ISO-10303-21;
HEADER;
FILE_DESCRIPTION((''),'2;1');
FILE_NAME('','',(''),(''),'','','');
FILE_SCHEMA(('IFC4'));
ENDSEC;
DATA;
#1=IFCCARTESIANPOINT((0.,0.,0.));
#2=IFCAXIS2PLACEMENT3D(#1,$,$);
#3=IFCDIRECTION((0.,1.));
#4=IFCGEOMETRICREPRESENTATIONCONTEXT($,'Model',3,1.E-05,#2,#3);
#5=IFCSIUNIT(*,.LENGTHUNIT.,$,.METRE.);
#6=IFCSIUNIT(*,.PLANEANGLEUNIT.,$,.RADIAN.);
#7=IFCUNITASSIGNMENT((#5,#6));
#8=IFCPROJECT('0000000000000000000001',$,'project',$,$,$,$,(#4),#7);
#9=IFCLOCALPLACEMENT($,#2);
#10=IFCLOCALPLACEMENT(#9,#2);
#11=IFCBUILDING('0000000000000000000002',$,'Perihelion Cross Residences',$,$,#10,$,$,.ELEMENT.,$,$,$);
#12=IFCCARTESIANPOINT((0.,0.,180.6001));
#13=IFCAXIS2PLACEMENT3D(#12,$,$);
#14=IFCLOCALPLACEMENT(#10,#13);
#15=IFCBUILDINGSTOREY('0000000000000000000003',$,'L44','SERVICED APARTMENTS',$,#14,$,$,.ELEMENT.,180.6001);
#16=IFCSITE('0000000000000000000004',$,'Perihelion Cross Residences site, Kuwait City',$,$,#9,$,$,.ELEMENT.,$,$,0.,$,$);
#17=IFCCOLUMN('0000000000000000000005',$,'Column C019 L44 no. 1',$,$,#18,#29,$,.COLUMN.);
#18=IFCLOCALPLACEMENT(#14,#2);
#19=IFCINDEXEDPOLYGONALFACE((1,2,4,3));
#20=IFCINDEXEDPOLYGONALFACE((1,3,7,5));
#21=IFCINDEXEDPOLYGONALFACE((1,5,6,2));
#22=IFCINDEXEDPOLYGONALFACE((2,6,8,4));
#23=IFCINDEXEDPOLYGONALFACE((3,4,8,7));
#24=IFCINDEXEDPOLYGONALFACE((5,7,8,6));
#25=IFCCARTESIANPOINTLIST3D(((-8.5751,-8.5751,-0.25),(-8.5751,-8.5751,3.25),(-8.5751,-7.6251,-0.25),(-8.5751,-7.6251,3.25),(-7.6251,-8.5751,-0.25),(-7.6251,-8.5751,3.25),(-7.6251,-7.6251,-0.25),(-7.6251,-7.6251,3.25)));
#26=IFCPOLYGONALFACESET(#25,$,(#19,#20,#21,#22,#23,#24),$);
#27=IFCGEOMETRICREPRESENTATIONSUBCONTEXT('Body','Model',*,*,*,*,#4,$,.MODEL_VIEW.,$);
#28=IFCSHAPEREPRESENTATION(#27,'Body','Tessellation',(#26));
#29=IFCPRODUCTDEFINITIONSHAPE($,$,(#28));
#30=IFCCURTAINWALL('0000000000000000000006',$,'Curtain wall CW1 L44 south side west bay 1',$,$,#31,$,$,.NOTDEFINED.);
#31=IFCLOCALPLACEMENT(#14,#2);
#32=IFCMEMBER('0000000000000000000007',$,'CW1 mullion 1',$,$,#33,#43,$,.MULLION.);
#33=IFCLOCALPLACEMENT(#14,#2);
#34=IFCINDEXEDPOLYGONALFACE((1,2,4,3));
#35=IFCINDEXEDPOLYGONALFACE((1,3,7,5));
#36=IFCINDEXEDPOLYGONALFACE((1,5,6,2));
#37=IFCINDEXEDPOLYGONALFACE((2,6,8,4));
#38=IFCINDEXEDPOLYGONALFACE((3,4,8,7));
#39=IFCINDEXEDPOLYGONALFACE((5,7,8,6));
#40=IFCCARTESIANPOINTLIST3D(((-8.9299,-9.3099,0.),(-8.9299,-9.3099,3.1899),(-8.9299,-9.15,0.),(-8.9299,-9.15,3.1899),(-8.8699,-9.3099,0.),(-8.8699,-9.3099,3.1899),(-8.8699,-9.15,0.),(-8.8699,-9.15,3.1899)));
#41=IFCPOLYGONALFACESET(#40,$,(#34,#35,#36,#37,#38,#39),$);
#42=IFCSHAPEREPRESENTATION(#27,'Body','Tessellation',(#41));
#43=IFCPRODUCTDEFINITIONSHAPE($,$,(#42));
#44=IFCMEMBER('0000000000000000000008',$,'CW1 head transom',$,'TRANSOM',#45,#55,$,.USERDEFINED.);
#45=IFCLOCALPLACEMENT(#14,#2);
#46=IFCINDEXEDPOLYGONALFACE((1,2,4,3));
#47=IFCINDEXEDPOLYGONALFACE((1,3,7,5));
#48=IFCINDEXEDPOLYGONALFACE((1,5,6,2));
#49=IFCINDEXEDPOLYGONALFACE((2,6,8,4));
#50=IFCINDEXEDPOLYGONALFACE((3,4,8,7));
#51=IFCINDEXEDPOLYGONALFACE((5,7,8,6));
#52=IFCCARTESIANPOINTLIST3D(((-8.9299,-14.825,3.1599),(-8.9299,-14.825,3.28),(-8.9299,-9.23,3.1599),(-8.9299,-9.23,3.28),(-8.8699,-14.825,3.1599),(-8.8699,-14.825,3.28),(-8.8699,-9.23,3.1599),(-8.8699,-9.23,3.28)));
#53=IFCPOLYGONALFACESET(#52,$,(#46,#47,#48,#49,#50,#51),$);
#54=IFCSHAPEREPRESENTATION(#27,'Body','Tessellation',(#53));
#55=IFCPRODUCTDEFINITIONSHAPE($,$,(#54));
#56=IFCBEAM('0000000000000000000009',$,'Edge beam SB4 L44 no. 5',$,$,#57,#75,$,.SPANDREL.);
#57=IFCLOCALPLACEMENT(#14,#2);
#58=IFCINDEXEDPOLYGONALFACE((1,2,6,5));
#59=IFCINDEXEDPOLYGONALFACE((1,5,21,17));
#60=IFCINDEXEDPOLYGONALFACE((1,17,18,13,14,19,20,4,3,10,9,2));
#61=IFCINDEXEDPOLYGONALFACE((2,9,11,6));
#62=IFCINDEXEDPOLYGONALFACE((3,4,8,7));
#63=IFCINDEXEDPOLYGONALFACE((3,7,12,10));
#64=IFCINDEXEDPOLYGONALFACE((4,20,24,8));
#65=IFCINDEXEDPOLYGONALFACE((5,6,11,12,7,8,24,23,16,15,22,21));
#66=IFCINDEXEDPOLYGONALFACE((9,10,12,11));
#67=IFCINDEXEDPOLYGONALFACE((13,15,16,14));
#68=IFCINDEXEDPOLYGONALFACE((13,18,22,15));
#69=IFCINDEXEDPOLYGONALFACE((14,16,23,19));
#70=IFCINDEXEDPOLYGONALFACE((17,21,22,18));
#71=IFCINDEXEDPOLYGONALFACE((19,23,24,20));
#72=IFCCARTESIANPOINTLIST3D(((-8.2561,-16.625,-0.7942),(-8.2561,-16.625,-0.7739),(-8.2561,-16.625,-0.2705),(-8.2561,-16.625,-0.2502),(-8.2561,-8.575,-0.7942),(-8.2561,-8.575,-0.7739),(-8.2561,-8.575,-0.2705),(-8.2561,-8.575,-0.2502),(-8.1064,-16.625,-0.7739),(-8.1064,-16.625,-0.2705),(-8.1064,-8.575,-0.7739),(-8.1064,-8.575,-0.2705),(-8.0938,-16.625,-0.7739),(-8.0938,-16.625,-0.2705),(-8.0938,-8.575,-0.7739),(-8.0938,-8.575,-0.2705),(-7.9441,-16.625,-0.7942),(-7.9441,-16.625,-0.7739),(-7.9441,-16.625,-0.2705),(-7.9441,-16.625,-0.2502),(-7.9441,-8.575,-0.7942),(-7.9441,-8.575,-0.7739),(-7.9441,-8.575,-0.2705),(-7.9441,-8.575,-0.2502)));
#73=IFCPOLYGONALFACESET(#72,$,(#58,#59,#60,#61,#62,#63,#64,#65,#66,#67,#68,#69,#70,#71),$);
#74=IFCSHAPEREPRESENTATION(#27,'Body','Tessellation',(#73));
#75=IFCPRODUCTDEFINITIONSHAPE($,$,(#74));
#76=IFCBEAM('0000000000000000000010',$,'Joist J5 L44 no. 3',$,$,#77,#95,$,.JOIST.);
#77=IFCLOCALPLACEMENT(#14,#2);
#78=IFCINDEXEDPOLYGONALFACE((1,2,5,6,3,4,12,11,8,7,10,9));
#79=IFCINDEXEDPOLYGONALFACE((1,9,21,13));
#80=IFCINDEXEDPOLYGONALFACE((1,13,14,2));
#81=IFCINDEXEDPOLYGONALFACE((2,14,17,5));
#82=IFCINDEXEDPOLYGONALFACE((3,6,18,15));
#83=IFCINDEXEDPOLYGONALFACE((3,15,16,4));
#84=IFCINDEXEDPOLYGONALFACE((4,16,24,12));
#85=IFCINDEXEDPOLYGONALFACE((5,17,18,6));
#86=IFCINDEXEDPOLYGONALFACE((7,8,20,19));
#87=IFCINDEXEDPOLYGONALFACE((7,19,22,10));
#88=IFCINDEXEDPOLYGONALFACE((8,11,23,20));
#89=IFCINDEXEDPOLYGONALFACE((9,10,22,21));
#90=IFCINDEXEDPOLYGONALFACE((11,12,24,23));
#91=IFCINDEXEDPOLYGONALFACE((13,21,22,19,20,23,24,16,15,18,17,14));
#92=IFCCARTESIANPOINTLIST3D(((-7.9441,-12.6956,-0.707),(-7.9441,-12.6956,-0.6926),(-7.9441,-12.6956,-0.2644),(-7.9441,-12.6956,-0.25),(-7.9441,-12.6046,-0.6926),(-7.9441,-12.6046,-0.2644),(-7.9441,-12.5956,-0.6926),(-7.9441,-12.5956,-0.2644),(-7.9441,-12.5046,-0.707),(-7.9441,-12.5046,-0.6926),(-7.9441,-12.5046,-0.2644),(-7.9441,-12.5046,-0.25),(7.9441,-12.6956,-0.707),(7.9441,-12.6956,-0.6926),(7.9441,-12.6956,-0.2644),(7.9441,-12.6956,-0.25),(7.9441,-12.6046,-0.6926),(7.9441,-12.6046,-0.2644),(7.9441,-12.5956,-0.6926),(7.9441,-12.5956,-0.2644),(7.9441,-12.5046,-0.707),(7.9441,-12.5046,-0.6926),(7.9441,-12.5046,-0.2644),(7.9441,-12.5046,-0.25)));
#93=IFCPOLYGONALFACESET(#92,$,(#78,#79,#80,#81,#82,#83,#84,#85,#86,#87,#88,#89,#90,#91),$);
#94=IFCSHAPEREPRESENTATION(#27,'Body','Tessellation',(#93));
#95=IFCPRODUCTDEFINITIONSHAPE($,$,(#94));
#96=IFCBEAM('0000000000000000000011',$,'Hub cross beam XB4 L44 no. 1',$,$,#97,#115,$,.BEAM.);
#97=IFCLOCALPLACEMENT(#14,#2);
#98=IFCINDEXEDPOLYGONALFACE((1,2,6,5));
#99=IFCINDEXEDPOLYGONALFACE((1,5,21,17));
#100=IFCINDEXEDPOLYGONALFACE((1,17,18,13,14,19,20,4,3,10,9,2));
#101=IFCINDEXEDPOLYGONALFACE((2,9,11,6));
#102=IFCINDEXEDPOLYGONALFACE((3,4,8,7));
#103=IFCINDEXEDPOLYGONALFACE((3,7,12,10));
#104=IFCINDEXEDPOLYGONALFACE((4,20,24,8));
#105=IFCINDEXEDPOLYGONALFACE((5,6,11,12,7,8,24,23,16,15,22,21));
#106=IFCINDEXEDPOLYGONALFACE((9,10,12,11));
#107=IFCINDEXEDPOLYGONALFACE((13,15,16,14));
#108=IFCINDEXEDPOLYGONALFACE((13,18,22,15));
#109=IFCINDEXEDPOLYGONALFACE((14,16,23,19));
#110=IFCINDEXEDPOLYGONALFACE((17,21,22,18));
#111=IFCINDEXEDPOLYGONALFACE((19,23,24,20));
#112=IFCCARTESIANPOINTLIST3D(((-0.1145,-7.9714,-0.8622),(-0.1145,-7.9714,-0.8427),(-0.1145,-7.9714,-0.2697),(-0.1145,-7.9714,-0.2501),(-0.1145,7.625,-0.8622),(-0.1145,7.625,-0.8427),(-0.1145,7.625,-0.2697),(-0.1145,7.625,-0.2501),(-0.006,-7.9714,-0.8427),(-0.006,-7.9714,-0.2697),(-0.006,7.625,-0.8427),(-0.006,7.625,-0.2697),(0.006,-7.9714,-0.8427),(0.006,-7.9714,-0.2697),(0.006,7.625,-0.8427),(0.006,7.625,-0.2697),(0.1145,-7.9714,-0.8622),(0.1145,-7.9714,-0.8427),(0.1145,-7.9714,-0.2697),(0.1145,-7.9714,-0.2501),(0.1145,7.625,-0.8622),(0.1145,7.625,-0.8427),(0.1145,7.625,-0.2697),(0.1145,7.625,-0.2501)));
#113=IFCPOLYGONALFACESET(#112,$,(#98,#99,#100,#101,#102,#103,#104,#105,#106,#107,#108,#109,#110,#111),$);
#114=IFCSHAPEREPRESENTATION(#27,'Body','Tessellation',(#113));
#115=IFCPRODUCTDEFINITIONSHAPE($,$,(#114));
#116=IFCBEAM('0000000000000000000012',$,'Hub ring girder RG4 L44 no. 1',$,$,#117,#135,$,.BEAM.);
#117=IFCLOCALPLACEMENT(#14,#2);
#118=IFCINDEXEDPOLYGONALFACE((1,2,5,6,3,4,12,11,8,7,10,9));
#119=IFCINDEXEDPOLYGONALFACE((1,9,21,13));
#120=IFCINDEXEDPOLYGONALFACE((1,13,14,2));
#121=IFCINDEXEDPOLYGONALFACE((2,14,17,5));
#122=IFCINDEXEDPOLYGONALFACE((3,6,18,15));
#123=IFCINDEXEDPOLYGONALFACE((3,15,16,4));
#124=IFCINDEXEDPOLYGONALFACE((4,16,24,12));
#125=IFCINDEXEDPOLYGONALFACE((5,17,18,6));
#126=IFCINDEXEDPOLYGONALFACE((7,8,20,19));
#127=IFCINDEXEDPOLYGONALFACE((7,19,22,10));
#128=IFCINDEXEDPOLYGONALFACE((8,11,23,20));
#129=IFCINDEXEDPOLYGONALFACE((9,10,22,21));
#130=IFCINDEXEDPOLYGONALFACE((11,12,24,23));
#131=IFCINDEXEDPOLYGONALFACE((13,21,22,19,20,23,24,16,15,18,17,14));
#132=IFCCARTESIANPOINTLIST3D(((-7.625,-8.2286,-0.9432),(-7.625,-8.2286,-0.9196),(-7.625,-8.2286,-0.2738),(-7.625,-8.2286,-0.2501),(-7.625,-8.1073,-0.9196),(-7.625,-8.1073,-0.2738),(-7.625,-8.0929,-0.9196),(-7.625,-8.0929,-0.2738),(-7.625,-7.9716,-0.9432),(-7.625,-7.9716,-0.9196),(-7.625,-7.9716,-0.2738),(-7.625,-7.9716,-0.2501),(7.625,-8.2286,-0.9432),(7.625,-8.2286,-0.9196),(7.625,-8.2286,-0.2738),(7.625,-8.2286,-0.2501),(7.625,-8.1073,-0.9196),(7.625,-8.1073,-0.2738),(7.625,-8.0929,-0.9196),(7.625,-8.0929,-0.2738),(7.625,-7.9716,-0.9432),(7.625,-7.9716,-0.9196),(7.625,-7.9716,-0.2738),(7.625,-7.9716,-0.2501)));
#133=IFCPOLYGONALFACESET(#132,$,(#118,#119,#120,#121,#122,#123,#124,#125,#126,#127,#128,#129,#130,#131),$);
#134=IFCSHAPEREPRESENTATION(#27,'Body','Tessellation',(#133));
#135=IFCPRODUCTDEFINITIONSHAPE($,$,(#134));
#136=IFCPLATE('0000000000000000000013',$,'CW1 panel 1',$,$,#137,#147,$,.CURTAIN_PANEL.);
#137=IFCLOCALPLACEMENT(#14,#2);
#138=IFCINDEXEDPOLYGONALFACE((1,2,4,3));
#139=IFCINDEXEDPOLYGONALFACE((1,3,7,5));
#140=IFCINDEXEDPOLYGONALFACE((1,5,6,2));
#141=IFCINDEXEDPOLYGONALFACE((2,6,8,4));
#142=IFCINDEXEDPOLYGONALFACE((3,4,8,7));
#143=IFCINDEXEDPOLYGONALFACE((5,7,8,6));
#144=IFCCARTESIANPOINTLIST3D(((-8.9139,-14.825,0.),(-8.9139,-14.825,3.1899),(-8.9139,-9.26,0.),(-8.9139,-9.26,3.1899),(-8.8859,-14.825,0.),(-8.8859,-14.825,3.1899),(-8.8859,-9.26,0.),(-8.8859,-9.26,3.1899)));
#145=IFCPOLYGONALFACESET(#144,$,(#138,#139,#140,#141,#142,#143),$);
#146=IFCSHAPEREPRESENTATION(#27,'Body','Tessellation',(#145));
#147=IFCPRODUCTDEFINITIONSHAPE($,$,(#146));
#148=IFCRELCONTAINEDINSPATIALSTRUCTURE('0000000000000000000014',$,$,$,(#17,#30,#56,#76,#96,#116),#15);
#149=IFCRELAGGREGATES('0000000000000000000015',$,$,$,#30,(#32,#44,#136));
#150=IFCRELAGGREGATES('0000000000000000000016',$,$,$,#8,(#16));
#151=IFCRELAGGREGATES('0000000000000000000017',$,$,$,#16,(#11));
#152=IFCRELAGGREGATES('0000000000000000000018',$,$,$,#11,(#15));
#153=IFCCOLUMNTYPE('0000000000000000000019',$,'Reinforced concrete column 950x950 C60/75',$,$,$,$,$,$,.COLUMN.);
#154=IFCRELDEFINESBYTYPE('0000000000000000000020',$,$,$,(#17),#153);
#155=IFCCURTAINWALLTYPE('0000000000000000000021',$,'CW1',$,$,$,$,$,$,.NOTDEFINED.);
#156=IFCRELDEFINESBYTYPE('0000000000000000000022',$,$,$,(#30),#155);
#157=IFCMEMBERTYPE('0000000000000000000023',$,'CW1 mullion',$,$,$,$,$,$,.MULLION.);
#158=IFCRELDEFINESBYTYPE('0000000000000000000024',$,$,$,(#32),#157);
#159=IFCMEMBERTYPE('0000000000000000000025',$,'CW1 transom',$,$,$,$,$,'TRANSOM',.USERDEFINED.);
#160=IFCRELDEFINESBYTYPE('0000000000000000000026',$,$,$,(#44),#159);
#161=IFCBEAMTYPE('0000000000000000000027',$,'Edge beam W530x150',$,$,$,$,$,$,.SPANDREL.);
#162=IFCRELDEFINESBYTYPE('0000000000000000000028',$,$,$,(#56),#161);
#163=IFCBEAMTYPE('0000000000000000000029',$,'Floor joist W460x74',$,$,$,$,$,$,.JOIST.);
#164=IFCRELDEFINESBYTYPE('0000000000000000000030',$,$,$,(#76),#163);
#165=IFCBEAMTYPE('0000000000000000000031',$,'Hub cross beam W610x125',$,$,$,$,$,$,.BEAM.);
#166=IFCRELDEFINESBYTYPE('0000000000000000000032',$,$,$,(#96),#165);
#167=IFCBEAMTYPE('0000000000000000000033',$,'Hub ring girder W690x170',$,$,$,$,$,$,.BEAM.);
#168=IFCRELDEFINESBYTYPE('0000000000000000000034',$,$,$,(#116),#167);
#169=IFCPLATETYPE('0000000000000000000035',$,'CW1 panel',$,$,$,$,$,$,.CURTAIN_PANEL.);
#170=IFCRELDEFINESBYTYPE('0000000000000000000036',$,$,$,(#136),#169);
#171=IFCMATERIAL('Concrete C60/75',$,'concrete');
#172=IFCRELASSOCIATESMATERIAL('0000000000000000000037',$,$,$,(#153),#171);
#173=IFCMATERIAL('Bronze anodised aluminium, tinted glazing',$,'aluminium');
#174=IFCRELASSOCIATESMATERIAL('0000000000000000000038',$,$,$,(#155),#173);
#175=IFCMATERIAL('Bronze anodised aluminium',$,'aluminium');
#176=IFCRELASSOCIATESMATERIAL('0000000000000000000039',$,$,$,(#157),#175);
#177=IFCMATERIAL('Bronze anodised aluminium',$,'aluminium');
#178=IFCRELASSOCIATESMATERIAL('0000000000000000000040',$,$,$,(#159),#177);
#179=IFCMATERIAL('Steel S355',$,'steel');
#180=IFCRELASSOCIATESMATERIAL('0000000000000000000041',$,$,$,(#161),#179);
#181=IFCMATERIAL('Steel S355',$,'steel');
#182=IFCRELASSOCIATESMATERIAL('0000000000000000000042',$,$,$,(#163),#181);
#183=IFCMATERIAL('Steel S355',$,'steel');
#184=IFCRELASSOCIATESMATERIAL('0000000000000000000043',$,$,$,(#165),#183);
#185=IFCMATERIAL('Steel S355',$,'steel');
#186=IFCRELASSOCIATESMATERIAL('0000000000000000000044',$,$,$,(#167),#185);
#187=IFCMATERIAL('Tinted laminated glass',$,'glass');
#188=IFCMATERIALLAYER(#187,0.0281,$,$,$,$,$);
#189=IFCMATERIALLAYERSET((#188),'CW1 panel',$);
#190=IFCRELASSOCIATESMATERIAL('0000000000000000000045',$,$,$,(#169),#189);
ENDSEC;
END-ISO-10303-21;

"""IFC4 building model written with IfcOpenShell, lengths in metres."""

from ifc_helpers import new_model, si_unit, direction, frame, origin, origin_2d, place, context, subcontext, project, spatial, rectangle, i_section, extrude, material, layer, layer_set, material_profile, profile_set, type_object, element, aggregate, save


model = new_model("IFC4")

# Units and contexts
model_context = context("Model", 3, precision=1e-05, world=origin(), true_north=direction((0.0, 1.0)))
body_context = subcontext(model_context, "Body", "Model", "MODEL_VIEW")
ifc_project = project(units=[si_unit("LENGTHUNIT", "METRE"), si_unit("PLANEANGLEUNIT", "RADIAN")], contexts=[model_context])

# Site, building, storey
site_placement = place(None, origin())
site = spatial("IfcSite", under=ifc_project, at=site_placement, Name="Perihelion Cross Residences site, Kuwait City", CompositionType="ELEMENT", RefElevation=0.0)
building_placement = place(site_placement, origin())
building = spatial("IfcBuilding", under=site, at=building_placement, Name="Perihelion Cross Residences", CompositionType="ELEMENT")
storey_placement = place(building_placement, frame((0.0, 0.0, 180.6001)))
storey = spatial("IfcBuildingStorey", under=building, at=storey_placement, Name="L44", Description="SERVICED APARTMENTS", CompositionType="ELEMENT", Elevation=180.6001)

# Column
ifc_material_1 = material(Name="Concrete C60/75", Category="concrete")
ifc_material_profile_1 = material_profile(ifc_material_1, rectangle(XDim=0.95, YDim=0.95, at=origin_2d()), Name="RC 950x950")
ifc_profile_set_1 = profile_set([ifc_material_profile_1], Name="Concrete C60/75")
column_type = type_object("IfcColumnType", Name="Reinforced concrete column 950x950 C60/75", PredefinedType="COLUMN", material=ifc_profile_set_1)
column_placement = place(storey_placement, frame((-8.1001, -8.1001, -0.25), z_axis=(0.0, 0.0, 1.0), x_axis=(1.0, 0.0, 0.0)))
element("IfcColumn", 1, at=column_placement, inside=storey, type_object=column_type, Name="Column C019 L44 no. 1", PredefinedType="COLUMN", context=body_context, shape_type="SweptSolid", body=[
    extrude(rectangle(XDim=0.95, YDim=0.95, at=origin_2d()), origin(), (0.0, 0.0, 1.0), 3.5),
])

# Curtain wall, members
ifc_material_2 = material(Name="Bronze anodised aluminium, tinted glazing", Category="aluminium")
curtain_wall_type = type_object("IfcCurtainWallType", Name="CW1", PredefinedType="NOTDEFINED", material=ifc_material_2)
curtain_wall_placement = place(storey_placement, origin())
curtain_wall = element("IfcCurtainWall", 2, at=curtain_wall_placement, inside=storey, type_object=curtain_wall_type, Name="Curtain wall CW1 L44 south side west bay 1", PredefinedType="NOTDEFINED")
ifc_material_3 = material(Name="Bronze anodised aluminium", Category="aluminium")
ifc_material_profile_2 = material_profile(ifc_material_3, rectangle(XDim=0.0601, YDim=0.1599, at=origin_2d()), Name="CW1 mullion")
ifc_profile_set_2 = profile_set([ifc_material_profile_2], Name="Bronze anodised aluminium")
member_type_1 = type_object("IfcMemberType", Name="CW1 mullion", PredefinedType="MULLION", material=ifc_profile_set_2)
member_1_placement = place(storey_placement, frame((-8.8999, -9.23, 0.0), z_axis=(0.0, 0.0, 1.0), x_axis=(1.0, 0.0, 0.0)))
member_1 = element("IfcMember", 3, at=member_1_placement, type_object=member_type_1, Name="CW1 mullion 1", PredefinedType="MULLION", context=body_context, shape_type="SweptSolid", body=[
    extrude(rectangle(XDim=0.0601, YDim=0.1599, at=origin_2d()), origin(), (0.0, 0.0, 1.0), 3.1899),
])
ifc_material_4 = material(Name="Bronze anodised aluminium", Category="aluminium")
ifc_material_profile_3 = material_profile(ifc_material_4, rectangle(XDim=0.0601, YDim=0.1201, at=origin_2d()), Name="CW1 transom")
ifc_profile_set_3 = profile_set([ifc_material_profile_3], Name="Bronze anodised aluminium")
member_type_2 = type_object("IfcMemberType", Name="CW1 transom", ElementType="TRANSOM", PredefinedType="USERDEFINED", material=ifc_profile_set_3)
member_2_placement = place(storey_placement, frame((-8.8999, -9.23, 3.22), z_axis=(0.0, -1.0, 0.0), x_axis=(1.0, 0.0, 0.0)))
member_2 = element("IfcMember", 4, at=member_2_placement, type_object=member_type_2, Name="CW1 head transom", ObjectType="TRANSOM", PredefinedType="USERDEFINED", context=body_context, shape_type="SweptSolid", body=[
    extrude(rectangle(XDim=0.0601, YDim=0.1201, at=origin_2d()), origin(), (0.0, 0.0, 1.0), 5.595),
])

# Beams
ifc_material_5 = material(Name="Steel S355", Category="steel")
ifc_material_profile_4 = material_profile(ifc_material_5, i_section(OverallWidth=0.312, OverallDepth=0.5439, WebThickness=0.0127, FlangeThickness=0.0203, at=origin_2d()), Name="W530x150")
ifc_profile_set_4 = profile_set([ifc_material_profile_4], Name="Steel S355")
beam_type_1 = type_object("IfcBeamType", Name="Edge beam W530x150", PredefinedType="SPANDREL", material=ifc_profile_set_4)
beam_1_placement = place(storey_placement, frame((-8.1001, -8.575, -0.5222), z_axis=(0.0, -1.0, 0.0), x_axis=(1.0, 0.0, 0.0)))
element("IfcBeam", 5, at=beam_1_placement, inside=storey, type_object=beam_type_1, Name="Edge beam SB4 L44 no. 5", PredefinedType="SPANDREL", context=body_context, shape_type="SweptSolid", body=[
    extrude(i_section(OverallWidth=0.312, OverallDepth=0.5439, WebThickness=0.0127, FlangeThickness=0.0203, at=origin_2d()), origin(), (0.0, 0.0, 1.0), 8.05),
])
ifc_material_6 = material(Name="Steel S355", Category="steel")
ifc_material_profile_5 = material_profile(ifc_material_6, i_section(OverallWidth=0.1909, OverallDepth=0.457, WebThickness=0.009, FlangeThickness=0.0144, at=origin_2d()), Name="W460x74")
ifc_profile_set_5 = profile_set([ifc_material_profile_5], Name="Steel S355")
beam_type_2 = type_object("IfcBeamType", Name="Floor joist W460x74", PredefinedType="JOIST", material=ifc_profile_set_5)
beam_2_placement = place(storey_placement, frame((-7.9441, -12.6001, -0.4785), z_axis=(1.0, 0.0, 0.0), x_axis=(0.0, 1.0, 0.0)))
element("IfcBeam", 6, at=beam_2_placement, inside=storey, type_object=beam_type_2, Name="Joist J5 L44 no. 3", PredefinedType="JOIST", context=body_context, shape_type="SweptSolid", body=[
    extrude(i_section(OverallWidth=0.1909, OverallDepth=0.457, WebThickness=0.009, FlangeThickness=0.0144, at=origin_2d()), origin(), (0.0, 0.0, 1.0), 15.8882),
])
ifc_material_7 = material(Name="Steel S355", Category="steel")
ifc_material_profile_6 = material_profile(ifc_material_7, i_section(OverallWidth=0.229, OverallDepth=0.6121, WebThickness=0.012, FlangeThickness=0.0195, at=origin_2d()), Name="W610x125")
ifc_profile_set_6 = profile_set([ifc_material_profile_6], Name="Steel S355")
beam_type_3 = type_object("IfcBeamType", Name="Hub cross beam W610x125", PredefinedType="BEAM", material=ifc_profile_set_6)
beam_3_placement = place(storey_placement, frame((0.0, -7.9714, -0.5562), z_axis=(0.0, 1.0, 0.0), x_axis=(-1.0, 0.0, 0.0)))
element("IfcBeam", 7, at=beam_3_placement, inside=storey, type_object=beam_type_3, Name="Hub cross beam XB4 L44 no. 1", PredefinedType="BEAM", context=body_context, shape_type="SweptSolid", body=[
    extrude(i_section(OverallWidth=0.229, OverallDepth=0.6121, WebThickness=0.012, FlangeThickness=0.0195, at=origin_2d()), origin(), (0.0, 0.0, 1.0), 15.5964),
])
ifc_material_8 = material(Name="Steel S355", Category="steel")
ifc_material_profile_7 = material_profile(ifc_material_8, i_section(OverallWidth=0.2571, OverallDepth=0.6931, WebThickness=0.0144, FlangeThickness=0.0237, at=origin_2d()), Name="W690x170")
ifc_profile_set_7 = profile_set([ifc_material_profile_7], Name="Steel S355")
beam_type_4 = type_object("IfcBeamType", Name="Hub ring girder W690x170", PredefinedType="BEAM", material=ifc_profile_set_7)
beam_4_placement = place(storey_placement, frame((-7.625, -8.1001, -0.5967), z_axis=(1.0, 0.0, 0.0), x_axis=(0.0, 1.0, 0.0)))
element("IfcBeam", 8, at=beam_4_placement, inside=storey, type_object=beam_type_4, Name="Hub ring girder RG4 L44 no. 1", PredefinedType="BEAM", context=body_context, shape_type="SweptSolid", body=[
    extrude(i_section(OverallWidth=0.2571, OverallDepth=0.6931, WebThickness=0.0144, FlangeThickness=0.0237, at=origin_2d()), origin(), (0.0, 0.0, 1.0), 15.25),
])

# Plate
ifc_material_9 = material(Name="Tinted laminated glass", Category="glass")
ifc_layer_1 = layer(ifc_material_9, 0.0281)
ifc_layer_set_1 = layer_set([ifc_layer_1], Name="CW1 panel")
plate_type = type_object("IfcPlateType", Name="CW1 panel", PredefinedType="CURTAIN_PANEL", material=ifc_layer_set_1)
plate_placement = place(storey_placement, frame((-8.8999, -12.0425, 0.0), z_axis=(0.0, 0.0, 1.0), x_axis=(0.0, -1.0, 0.0)))
plate = element("IfcPlate", 9, at=plate_placement, type_object=plate_type, Name="CW1 panel 1", PredefinedType="CURTAIN_PANEL", context=body_context, shape_type="SweptSolid", body=[
    extrude(rectangle(XDim=5.5649, YDim=0.0281, at=origin_2d()), origin(), (0.0, 0.0, 1.0), 3.1899),
])
aggregate(curtain_wall, [member_1, member_2, plate])

save(model, "model.ifc")
